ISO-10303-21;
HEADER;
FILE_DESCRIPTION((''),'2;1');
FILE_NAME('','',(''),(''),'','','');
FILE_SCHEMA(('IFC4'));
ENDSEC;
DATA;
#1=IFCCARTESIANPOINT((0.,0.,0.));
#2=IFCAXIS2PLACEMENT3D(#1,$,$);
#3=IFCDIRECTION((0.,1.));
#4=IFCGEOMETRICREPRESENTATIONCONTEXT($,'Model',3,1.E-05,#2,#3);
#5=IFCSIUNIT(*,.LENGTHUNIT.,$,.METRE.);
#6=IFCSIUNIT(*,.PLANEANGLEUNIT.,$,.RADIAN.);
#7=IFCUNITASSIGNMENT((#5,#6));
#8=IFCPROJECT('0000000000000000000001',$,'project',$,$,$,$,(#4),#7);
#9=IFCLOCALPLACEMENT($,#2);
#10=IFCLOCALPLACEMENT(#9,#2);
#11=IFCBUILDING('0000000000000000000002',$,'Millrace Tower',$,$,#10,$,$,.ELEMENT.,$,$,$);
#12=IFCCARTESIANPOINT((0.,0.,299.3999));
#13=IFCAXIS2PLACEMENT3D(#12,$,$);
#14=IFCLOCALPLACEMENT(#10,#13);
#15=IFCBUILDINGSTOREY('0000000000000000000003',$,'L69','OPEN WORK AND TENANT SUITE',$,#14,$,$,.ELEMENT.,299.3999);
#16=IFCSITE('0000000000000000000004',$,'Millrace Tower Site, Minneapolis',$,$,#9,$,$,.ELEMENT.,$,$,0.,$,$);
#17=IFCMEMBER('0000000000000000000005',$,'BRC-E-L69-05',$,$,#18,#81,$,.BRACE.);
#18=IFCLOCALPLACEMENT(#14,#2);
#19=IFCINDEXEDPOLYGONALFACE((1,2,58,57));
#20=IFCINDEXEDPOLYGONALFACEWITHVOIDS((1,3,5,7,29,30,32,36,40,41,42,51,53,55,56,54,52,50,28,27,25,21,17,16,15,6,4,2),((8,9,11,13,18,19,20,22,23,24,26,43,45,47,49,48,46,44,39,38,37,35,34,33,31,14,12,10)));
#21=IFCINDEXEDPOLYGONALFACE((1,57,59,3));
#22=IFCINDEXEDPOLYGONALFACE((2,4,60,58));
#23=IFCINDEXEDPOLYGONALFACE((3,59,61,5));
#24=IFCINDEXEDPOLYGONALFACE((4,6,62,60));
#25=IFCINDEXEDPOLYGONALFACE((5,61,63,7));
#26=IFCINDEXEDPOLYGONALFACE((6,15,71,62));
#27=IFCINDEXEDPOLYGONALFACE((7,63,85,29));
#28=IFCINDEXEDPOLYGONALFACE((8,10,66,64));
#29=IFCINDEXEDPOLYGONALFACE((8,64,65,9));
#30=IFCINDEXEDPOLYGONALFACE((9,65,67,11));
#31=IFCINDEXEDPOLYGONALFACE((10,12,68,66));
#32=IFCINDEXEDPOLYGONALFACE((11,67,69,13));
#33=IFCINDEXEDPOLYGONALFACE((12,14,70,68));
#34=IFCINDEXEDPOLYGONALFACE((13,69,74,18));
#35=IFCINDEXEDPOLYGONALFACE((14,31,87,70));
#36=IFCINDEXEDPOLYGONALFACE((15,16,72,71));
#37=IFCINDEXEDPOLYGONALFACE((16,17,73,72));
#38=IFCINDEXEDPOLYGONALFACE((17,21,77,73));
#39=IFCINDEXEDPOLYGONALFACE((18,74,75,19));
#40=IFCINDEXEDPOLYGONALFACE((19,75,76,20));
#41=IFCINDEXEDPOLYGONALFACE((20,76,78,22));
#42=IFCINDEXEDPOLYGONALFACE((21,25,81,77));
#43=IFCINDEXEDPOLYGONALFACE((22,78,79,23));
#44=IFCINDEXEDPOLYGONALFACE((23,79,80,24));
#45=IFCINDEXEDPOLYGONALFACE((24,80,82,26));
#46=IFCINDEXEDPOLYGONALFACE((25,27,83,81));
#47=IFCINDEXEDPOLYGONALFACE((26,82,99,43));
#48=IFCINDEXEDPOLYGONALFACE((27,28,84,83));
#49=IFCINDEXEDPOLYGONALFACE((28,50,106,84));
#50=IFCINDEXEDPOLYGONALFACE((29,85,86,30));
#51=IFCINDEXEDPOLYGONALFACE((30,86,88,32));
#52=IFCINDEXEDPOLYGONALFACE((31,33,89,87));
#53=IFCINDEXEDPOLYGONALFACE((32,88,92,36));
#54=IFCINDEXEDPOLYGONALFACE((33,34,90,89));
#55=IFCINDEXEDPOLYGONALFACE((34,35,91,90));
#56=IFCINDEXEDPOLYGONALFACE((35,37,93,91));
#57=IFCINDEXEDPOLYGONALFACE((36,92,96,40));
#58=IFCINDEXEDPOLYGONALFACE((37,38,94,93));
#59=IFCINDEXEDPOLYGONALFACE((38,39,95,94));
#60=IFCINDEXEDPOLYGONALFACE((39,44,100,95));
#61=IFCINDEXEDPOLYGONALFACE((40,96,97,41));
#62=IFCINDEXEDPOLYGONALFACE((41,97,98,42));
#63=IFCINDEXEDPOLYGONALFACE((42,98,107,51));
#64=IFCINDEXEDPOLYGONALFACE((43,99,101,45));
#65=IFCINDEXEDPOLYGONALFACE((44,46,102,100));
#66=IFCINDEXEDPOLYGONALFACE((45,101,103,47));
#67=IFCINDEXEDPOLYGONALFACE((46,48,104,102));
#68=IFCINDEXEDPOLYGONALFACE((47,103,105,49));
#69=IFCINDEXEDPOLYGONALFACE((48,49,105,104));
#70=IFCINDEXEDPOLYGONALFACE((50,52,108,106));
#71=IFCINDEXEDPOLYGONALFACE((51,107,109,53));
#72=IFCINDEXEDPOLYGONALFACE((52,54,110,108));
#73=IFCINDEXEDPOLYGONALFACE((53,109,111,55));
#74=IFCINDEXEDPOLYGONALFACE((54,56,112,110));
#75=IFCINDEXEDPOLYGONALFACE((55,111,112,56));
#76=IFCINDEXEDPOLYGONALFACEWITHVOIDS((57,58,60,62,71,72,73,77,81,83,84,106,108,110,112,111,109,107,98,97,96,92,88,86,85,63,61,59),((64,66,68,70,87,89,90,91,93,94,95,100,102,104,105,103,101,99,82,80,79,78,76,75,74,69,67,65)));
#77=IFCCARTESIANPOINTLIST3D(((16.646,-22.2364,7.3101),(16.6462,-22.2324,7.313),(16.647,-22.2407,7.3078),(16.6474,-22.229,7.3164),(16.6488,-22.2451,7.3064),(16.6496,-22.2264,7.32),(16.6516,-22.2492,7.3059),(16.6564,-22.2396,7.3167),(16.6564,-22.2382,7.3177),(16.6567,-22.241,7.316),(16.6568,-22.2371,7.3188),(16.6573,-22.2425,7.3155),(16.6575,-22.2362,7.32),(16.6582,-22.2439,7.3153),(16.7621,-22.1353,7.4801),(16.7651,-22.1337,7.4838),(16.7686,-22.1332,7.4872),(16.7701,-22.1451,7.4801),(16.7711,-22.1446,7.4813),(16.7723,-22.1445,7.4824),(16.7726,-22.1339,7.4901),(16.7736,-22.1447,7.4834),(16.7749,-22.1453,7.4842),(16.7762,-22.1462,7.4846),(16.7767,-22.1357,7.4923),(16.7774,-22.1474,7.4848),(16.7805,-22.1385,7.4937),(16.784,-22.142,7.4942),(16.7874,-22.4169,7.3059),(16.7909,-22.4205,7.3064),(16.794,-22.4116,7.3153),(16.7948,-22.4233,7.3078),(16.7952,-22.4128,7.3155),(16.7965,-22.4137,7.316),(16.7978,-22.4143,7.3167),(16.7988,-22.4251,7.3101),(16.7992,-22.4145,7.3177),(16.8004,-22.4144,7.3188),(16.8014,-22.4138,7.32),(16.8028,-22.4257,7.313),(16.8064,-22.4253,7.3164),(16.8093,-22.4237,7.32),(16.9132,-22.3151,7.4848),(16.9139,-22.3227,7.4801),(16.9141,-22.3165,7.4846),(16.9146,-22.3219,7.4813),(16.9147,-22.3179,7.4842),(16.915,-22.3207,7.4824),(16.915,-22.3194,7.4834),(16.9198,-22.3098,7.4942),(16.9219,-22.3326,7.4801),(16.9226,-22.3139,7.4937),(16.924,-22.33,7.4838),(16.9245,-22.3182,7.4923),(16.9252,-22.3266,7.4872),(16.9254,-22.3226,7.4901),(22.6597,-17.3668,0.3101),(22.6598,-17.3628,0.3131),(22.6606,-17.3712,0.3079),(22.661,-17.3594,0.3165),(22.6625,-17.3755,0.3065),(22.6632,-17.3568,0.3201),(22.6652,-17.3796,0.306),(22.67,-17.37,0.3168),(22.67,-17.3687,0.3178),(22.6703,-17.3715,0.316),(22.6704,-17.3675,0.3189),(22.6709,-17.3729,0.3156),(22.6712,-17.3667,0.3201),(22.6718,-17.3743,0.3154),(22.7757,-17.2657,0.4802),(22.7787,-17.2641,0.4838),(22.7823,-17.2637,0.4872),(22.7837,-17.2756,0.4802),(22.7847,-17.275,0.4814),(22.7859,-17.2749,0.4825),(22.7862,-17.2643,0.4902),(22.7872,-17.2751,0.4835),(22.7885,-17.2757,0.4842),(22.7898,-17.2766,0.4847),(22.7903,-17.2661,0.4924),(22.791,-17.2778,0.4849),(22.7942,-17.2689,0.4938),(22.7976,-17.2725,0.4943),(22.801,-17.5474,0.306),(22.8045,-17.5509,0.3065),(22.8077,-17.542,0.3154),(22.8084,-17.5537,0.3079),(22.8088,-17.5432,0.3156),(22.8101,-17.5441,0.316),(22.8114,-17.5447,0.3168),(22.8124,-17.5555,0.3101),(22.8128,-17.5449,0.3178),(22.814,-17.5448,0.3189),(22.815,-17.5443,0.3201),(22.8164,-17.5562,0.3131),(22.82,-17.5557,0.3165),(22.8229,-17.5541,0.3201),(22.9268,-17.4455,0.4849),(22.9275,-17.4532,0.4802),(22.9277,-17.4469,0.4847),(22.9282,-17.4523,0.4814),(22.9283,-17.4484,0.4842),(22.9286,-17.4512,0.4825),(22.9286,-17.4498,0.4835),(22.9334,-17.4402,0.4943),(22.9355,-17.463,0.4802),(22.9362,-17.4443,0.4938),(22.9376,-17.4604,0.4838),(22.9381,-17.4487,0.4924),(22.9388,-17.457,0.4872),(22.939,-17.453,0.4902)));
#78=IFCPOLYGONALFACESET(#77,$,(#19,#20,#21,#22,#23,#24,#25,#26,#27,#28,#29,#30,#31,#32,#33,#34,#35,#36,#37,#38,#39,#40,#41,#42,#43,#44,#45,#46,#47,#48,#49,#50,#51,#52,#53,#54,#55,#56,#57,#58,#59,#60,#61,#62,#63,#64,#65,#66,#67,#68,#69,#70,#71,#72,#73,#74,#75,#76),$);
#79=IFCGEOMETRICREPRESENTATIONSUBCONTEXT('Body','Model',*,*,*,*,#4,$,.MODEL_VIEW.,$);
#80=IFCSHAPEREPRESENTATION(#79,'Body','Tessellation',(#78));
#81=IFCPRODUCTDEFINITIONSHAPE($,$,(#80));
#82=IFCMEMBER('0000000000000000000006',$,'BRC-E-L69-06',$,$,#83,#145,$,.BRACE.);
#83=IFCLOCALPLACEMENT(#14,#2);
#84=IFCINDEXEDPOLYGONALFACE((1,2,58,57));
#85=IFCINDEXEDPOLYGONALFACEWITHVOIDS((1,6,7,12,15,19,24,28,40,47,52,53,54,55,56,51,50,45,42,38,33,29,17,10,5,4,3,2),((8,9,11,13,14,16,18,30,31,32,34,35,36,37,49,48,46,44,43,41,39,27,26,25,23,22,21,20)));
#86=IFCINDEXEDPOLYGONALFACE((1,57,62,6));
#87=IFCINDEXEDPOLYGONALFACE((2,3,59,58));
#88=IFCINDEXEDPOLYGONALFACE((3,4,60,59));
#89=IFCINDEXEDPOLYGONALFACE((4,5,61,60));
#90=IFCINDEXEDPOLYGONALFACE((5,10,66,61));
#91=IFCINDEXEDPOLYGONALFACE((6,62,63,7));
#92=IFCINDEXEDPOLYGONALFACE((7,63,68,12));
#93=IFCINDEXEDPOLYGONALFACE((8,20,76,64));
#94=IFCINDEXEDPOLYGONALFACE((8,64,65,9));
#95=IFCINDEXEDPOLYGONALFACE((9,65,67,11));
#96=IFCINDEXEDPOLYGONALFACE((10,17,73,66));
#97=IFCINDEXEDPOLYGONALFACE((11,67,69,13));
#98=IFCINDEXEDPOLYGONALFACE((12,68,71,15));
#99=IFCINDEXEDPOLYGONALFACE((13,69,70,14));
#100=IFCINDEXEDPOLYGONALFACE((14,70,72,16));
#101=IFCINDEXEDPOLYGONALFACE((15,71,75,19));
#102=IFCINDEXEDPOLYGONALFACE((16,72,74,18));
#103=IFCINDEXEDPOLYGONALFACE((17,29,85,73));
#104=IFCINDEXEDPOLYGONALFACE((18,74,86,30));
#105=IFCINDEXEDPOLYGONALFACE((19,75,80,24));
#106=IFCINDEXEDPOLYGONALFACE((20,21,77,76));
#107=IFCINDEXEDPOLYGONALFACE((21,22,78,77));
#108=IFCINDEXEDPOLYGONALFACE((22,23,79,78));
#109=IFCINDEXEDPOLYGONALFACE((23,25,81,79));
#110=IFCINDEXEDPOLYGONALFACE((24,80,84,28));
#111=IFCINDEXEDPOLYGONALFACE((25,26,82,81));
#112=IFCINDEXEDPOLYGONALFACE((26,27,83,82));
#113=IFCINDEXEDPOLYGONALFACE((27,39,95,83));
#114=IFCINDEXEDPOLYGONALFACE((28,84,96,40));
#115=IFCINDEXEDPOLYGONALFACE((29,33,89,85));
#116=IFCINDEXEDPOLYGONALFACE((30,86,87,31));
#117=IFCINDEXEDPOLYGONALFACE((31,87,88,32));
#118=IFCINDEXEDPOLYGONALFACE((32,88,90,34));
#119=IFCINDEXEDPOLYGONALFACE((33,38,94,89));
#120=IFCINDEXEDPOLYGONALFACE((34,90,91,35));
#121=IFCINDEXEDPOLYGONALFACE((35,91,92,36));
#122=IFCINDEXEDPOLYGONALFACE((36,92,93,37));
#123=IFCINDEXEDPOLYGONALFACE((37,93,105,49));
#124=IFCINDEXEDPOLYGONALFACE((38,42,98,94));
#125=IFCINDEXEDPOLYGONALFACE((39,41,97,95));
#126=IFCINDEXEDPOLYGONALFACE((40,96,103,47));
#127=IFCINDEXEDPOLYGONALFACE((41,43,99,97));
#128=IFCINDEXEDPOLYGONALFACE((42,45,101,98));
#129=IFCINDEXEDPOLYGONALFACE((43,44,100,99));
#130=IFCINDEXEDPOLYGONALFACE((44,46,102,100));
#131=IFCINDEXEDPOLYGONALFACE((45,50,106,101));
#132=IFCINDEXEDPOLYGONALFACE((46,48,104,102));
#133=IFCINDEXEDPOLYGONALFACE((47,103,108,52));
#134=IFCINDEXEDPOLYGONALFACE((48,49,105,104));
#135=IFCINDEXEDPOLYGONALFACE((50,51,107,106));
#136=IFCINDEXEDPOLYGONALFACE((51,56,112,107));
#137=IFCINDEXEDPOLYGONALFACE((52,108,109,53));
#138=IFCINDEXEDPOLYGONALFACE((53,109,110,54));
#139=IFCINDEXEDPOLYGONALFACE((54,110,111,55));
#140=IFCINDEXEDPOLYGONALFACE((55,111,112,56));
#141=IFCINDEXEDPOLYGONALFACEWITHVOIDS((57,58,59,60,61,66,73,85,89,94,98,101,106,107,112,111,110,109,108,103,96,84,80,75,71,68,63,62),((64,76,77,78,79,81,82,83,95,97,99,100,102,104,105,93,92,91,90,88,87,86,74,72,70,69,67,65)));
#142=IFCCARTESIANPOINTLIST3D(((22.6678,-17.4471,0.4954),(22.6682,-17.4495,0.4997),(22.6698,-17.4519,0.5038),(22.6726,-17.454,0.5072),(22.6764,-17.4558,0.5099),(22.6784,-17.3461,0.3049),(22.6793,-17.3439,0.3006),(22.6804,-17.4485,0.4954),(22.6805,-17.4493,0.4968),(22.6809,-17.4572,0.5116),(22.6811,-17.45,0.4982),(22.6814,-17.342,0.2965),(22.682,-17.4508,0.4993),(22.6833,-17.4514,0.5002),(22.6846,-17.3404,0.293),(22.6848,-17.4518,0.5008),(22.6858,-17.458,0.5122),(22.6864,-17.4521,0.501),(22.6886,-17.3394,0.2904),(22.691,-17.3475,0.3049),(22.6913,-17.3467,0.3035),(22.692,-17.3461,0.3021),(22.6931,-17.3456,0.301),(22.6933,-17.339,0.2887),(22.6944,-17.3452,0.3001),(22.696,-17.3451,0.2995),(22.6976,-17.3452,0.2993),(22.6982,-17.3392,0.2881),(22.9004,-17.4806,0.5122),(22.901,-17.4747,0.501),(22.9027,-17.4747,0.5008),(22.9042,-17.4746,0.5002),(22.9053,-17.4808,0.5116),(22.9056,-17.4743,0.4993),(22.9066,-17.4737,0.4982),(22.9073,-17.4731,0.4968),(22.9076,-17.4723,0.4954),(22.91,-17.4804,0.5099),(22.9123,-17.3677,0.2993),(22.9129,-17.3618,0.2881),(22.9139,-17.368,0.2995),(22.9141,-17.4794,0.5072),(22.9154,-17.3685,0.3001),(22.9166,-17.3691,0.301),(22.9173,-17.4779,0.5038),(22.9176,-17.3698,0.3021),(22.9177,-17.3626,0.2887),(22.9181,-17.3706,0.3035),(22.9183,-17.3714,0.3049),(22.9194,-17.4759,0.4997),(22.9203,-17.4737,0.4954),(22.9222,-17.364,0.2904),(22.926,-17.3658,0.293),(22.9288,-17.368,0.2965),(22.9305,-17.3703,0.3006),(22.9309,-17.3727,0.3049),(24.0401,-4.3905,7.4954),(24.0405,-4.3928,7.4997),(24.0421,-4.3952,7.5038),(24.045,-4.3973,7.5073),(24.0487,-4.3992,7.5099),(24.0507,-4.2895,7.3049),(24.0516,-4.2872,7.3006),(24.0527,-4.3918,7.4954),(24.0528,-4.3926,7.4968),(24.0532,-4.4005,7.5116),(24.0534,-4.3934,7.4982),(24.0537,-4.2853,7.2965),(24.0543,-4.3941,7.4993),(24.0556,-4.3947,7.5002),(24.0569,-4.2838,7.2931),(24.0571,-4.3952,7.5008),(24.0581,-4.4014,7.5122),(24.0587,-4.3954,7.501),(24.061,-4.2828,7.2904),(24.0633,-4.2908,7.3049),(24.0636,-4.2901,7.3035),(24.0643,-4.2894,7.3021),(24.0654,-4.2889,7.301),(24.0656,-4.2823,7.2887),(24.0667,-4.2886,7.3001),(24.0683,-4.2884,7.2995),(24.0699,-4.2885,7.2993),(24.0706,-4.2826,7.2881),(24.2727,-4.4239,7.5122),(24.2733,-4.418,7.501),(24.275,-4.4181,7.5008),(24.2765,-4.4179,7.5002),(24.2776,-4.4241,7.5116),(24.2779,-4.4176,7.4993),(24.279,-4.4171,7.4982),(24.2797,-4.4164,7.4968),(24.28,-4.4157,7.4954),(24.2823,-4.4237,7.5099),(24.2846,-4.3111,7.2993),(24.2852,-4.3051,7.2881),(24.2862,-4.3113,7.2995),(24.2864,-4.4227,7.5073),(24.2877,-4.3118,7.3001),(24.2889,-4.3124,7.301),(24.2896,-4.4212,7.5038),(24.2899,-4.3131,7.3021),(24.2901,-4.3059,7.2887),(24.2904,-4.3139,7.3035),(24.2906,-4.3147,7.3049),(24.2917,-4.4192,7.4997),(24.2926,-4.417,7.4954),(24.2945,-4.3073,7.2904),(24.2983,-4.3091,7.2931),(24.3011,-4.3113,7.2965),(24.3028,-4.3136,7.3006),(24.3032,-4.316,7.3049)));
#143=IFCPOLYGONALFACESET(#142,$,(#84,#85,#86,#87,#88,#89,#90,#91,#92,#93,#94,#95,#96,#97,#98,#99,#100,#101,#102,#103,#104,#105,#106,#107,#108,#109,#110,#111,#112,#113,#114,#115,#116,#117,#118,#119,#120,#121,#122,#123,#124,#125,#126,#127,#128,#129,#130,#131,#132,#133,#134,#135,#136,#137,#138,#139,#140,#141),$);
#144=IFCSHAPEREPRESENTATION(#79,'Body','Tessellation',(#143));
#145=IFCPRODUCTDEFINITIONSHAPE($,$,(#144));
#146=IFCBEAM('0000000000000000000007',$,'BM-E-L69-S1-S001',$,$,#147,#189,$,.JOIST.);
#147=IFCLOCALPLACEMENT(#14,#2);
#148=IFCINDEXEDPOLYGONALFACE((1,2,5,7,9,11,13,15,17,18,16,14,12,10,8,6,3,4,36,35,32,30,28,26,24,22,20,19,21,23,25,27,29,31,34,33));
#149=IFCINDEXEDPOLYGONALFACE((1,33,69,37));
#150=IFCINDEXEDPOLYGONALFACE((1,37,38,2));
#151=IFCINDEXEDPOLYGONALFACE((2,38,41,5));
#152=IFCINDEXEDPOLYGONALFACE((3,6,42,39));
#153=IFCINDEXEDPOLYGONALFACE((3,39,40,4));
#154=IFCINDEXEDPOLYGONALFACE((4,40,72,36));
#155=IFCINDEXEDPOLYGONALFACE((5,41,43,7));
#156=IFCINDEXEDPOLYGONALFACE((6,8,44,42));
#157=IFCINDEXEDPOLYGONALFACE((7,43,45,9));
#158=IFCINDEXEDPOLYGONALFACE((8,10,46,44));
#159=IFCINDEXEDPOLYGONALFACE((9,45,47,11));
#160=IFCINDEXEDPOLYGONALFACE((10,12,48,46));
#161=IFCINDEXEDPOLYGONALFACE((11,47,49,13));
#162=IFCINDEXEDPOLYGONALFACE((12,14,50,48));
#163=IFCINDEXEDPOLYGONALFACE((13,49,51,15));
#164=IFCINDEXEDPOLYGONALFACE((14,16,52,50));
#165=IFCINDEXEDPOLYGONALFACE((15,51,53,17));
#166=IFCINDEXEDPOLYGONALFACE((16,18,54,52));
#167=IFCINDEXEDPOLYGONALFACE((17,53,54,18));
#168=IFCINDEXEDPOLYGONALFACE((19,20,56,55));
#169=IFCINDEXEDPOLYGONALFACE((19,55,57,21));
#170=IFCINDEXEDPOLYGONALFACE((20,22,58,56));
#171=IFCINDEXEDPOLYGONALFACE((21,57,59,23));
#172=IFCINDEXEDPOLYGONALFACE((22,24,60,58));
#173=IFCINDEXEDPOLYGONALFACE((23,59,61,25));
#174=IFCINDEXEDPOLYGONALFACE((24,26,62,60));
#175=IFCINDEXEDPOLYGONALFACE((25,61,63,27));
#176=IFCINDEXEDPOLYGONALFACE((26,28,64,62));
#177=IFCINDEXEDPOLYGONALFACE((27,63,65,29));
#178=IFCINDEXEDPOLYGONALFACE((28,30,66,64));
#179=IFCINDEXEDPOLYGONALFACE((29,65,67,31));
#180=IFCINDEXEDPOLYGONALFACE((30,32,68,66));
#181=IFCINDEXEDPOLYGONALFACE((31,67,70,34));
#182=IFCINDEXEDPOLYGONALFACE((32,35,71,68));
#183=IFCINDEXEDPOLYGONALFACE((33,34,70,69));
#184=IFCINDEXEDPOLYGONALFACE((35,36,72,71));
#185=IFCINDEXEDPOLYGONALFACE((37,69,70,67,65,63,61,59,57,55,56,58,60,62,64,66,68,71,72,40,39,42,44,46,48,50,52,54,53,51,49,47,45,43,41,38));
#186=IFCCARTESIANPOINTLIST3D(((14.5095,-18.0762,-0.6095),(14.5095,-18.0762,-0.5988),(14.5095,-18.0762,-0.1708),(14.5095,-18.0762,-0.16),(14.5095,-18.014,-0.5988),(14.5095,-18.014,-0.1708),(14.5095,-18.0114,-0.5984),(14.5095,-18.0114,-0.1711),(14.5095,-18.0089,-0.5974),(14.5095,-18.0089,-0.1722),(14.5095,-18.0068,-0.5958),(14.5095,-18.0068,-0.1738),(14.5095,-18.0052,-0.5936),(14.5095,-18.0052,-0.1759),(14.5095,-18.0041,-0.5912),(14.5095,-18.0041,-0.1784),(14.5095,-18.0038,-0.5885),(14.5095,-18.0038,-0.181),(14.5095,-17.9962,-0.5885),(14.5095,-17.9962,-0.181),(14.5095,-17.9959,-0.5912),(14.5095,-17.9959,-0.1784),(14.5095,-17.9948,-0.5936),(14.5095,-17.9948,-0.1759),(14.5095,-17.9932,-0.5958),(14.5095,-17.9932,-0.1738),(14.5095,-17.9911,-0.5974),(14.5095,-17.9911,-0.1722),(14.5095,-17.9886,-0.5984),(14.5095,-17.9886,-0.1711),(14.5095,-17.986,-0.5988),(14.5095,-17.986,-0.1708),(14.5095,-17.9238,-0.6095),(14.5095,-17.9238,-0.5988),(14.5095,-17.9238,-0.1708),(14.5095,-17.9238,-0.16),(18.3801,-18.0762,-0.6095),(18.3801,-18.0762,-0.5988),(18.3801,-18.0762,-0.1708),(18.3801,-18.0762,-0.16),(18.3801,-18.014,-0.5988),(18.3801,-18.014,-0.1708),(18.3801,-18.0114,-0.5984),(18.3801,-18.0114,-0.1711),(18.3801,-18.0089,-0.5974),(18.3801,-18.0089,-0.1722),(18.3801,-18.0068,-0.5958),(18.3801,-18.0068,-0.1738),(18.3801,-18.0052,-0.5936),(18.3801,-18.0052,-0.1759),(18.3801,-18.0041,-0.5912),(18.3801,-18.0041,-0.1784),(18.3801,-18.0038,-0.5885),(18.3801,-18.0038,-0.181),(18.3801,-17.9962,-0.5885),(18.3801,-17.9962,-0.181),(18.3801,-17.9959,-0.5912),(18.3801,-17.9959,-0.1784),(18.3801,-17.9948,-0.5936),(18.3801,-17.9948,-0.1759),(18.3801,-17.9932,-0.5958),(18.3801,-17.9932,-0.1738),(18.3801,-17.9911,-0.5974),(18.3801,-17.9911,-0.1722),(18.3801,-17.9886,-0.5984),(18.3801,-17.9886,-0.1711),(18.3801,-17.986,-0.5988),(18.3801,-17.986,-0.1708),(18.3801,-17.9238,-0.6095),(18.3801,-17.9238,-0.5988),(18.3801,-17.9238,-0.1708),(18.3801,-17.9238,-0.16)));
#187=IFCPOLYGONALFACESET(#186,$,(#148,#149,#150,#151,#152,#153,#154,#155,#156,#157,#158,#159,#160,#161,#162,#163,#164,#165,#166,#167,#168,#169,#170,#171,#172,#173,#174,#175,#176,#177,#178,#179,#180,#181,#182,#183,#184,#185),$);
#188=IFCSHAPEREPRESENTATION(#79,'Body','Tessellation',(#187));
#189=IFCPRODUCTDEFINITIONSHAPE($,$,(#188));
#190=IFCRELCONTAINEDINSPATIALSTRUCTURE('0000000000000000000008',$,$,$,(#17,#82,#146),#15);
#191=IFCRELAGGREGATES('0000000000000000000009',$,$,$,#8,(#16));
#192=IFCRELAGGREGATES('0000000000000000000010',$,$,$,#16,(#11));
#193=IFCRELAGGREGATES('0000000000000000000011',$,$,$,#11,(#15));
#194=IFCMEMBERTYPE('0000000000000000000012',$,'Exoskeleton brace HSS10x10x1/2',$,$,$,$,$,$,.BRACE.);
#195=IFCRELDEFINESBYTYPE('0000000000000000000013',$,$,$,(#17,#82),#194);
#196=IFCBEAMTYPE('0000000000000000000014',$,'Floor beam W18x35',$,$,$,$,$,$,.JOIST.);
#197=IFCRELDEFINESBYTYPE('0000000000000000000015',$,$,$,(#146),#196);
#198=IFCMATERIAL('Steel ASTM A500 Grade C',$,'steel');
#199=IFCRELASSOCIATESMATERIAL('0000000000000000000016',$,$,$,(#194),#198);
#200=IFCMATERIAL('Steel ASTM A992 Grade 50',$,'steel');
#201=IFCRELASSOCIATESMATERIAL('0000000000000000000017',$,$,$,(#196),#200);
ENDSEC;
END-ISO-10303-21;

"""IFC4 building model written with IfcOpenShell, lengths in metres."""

from ifc_helpers import new_model, si_unit, direction, frame, origin, origin_2d, place, context, subcontext, project, spatial, hollow_rectangle, i_section, extrude, material, material_profile, profile_set, type_object, element, save


model = new_model("IFC4")

# Units and contexts
model_context = context("Model", 3, precision=1e-05, world=origin(), true_north=direction((0.0, 1.0)))
body_context = subcontext(model_context, "Body", "Model", "MODEL_VIEW")
ifc_project = project(units=[si_unit("LENGTHUNIT", "METRE"), si_unit("PLANEANGLEUNIT", "RADIAN")], contexts=[model_context])

# Site, building, storey
site_placement = place(None, origin())
site = spatial("IfcSite", under=ifc_project, at=site_placement, Name="Millrace Tower Site, Minneapolis", CompositionType="ELEMENT", RefElevation=0.0)
building_placement = place(site_placement, origin())
building = spatial("IfcBuilding", under=site, at=building_placement, Name="Millrace Tower", CompositionType="ELEMENT")
storey_placement = place(building_placement, frame((0.0, 0.0, 299.3999)))
storey = spatial("IfcBuildingStorey", under=building, at=storey_placement, Name="L69", Description="OPEN WORK AND TENANT SUITE", CompositionType="ELEMENT", Elevation=299.3999)

# Members
ifc_material_1 = material(Name="Steel ASTM A500 Grade C", Category="steel")
ifc_material_profile_1 = material_profile(ifc_material_1, hollow_rectangle(XDim=0.2539, YDim=0.2539, WallThickness=0.0127, InnerFilletRadius=0.0063, OuterFilletRadius=0.019, at=origin_2d()))
ifc_profile_set_1 = profile_set([ifc_material_profile_1], Name="Steel ASTM A500 Grade C")
member_type_1 = type_object("IfcMemberType", Name="Exoskeleton brace HSS10x10x1/2", PredefinedType="BRACE", material=ifc_profile_set_1)
member_1_placement = place(storey_placement, frame((22.7993, -17.4099, 0.4001), z_axis=(-0.576329, -0.466688, 0.670855), x_axis=(0.629309, -0.777155, 0.0)))
element("IfcMember", 1, at=member_1_placement, inside=storey, type_object=member_type_1, Name="BRC-E-L69-05", PredefinedType="BRACE", context=body_context, shape_type="SweptSolid", body=[
    extrude(hollow_rectangle(XDim=0.2539, YDim=0.2539, WallThickness=0.0127, InnerFilletRadius=0.0063, OuterFilletRadius=0.019, at=origin_2d()), origin(), (0.0, 0.0, 1.0), 10.4343),
])
member_2_placement = place(storey_placement, frame((22.7993, -17.4099, 0.4001), z_axis=(0.092237, 0.877572, 0.470489), x_axis=(-0.994522, 0.104529, 0.0)))
element("IfcMember", 2, at=member_2_placement, inside=storey, type_object=member_type_1, Name="BRC-E-L69-06", PredefinedType="BRACE", context=body_context, shape_type="SweptSolid", body=[
    extrude(hollow_rectangle(XDim=0.2539, YDim=0.2539, WallThickness=0.0127, InnerFilletRadius=0.0063, OuterFilletRadius=0.019, at=origin_2d()), origin(), (0.0, 0.0, 1.0), 14.8782),
])

# Beam
ifc_material_2 = material(Name="Steel ASTM A992 Grade 50", Category="steel")
ifc_material_profile_2 = material_profile(ifc_material_2, i_section(OverallWidth=0.1523, OverallDepth=0.4495, WebThickness=0.0076, FlangeThickness=0.0107, FilletRadius=0.0103, at=origin_2d()))
ifc_profile_set_2 = profile_set([ifc_material_profile_2], Name="Steel ASTM A992 Grade 50")
beam_type_1 = type_object("IfcBeamType", Name="Floor beam W18x35", PredefinedType="JOIST", material=ifc_profile_set_2)
beam_1_placement = place(storey_placement, frame((14.5095, -18.0, -0.3848), z_axis=(1.0, 0.0, 0.0), x_axis=(0.0, 1.0, 0.0)))
element("IfcBeam", 3, at=beam_1_placement, inside=storey, type_object=beam_type_1, Name="BM-E-L69-S1-S001", PredefinedType="JOIST", context=body_context, shape_type="SweptSolid", body=[
    extrude(i_section(OverallWidth=0.1523, OverallDepth=0.4495, WebThickness=0.0076, FlangeThickness=0.0107, FilletRadius=0.0103, at=origin_2d()), origin(), (0.0, 0.0, 1.0), 3.8706),
])

save(model, "model.ifc")
